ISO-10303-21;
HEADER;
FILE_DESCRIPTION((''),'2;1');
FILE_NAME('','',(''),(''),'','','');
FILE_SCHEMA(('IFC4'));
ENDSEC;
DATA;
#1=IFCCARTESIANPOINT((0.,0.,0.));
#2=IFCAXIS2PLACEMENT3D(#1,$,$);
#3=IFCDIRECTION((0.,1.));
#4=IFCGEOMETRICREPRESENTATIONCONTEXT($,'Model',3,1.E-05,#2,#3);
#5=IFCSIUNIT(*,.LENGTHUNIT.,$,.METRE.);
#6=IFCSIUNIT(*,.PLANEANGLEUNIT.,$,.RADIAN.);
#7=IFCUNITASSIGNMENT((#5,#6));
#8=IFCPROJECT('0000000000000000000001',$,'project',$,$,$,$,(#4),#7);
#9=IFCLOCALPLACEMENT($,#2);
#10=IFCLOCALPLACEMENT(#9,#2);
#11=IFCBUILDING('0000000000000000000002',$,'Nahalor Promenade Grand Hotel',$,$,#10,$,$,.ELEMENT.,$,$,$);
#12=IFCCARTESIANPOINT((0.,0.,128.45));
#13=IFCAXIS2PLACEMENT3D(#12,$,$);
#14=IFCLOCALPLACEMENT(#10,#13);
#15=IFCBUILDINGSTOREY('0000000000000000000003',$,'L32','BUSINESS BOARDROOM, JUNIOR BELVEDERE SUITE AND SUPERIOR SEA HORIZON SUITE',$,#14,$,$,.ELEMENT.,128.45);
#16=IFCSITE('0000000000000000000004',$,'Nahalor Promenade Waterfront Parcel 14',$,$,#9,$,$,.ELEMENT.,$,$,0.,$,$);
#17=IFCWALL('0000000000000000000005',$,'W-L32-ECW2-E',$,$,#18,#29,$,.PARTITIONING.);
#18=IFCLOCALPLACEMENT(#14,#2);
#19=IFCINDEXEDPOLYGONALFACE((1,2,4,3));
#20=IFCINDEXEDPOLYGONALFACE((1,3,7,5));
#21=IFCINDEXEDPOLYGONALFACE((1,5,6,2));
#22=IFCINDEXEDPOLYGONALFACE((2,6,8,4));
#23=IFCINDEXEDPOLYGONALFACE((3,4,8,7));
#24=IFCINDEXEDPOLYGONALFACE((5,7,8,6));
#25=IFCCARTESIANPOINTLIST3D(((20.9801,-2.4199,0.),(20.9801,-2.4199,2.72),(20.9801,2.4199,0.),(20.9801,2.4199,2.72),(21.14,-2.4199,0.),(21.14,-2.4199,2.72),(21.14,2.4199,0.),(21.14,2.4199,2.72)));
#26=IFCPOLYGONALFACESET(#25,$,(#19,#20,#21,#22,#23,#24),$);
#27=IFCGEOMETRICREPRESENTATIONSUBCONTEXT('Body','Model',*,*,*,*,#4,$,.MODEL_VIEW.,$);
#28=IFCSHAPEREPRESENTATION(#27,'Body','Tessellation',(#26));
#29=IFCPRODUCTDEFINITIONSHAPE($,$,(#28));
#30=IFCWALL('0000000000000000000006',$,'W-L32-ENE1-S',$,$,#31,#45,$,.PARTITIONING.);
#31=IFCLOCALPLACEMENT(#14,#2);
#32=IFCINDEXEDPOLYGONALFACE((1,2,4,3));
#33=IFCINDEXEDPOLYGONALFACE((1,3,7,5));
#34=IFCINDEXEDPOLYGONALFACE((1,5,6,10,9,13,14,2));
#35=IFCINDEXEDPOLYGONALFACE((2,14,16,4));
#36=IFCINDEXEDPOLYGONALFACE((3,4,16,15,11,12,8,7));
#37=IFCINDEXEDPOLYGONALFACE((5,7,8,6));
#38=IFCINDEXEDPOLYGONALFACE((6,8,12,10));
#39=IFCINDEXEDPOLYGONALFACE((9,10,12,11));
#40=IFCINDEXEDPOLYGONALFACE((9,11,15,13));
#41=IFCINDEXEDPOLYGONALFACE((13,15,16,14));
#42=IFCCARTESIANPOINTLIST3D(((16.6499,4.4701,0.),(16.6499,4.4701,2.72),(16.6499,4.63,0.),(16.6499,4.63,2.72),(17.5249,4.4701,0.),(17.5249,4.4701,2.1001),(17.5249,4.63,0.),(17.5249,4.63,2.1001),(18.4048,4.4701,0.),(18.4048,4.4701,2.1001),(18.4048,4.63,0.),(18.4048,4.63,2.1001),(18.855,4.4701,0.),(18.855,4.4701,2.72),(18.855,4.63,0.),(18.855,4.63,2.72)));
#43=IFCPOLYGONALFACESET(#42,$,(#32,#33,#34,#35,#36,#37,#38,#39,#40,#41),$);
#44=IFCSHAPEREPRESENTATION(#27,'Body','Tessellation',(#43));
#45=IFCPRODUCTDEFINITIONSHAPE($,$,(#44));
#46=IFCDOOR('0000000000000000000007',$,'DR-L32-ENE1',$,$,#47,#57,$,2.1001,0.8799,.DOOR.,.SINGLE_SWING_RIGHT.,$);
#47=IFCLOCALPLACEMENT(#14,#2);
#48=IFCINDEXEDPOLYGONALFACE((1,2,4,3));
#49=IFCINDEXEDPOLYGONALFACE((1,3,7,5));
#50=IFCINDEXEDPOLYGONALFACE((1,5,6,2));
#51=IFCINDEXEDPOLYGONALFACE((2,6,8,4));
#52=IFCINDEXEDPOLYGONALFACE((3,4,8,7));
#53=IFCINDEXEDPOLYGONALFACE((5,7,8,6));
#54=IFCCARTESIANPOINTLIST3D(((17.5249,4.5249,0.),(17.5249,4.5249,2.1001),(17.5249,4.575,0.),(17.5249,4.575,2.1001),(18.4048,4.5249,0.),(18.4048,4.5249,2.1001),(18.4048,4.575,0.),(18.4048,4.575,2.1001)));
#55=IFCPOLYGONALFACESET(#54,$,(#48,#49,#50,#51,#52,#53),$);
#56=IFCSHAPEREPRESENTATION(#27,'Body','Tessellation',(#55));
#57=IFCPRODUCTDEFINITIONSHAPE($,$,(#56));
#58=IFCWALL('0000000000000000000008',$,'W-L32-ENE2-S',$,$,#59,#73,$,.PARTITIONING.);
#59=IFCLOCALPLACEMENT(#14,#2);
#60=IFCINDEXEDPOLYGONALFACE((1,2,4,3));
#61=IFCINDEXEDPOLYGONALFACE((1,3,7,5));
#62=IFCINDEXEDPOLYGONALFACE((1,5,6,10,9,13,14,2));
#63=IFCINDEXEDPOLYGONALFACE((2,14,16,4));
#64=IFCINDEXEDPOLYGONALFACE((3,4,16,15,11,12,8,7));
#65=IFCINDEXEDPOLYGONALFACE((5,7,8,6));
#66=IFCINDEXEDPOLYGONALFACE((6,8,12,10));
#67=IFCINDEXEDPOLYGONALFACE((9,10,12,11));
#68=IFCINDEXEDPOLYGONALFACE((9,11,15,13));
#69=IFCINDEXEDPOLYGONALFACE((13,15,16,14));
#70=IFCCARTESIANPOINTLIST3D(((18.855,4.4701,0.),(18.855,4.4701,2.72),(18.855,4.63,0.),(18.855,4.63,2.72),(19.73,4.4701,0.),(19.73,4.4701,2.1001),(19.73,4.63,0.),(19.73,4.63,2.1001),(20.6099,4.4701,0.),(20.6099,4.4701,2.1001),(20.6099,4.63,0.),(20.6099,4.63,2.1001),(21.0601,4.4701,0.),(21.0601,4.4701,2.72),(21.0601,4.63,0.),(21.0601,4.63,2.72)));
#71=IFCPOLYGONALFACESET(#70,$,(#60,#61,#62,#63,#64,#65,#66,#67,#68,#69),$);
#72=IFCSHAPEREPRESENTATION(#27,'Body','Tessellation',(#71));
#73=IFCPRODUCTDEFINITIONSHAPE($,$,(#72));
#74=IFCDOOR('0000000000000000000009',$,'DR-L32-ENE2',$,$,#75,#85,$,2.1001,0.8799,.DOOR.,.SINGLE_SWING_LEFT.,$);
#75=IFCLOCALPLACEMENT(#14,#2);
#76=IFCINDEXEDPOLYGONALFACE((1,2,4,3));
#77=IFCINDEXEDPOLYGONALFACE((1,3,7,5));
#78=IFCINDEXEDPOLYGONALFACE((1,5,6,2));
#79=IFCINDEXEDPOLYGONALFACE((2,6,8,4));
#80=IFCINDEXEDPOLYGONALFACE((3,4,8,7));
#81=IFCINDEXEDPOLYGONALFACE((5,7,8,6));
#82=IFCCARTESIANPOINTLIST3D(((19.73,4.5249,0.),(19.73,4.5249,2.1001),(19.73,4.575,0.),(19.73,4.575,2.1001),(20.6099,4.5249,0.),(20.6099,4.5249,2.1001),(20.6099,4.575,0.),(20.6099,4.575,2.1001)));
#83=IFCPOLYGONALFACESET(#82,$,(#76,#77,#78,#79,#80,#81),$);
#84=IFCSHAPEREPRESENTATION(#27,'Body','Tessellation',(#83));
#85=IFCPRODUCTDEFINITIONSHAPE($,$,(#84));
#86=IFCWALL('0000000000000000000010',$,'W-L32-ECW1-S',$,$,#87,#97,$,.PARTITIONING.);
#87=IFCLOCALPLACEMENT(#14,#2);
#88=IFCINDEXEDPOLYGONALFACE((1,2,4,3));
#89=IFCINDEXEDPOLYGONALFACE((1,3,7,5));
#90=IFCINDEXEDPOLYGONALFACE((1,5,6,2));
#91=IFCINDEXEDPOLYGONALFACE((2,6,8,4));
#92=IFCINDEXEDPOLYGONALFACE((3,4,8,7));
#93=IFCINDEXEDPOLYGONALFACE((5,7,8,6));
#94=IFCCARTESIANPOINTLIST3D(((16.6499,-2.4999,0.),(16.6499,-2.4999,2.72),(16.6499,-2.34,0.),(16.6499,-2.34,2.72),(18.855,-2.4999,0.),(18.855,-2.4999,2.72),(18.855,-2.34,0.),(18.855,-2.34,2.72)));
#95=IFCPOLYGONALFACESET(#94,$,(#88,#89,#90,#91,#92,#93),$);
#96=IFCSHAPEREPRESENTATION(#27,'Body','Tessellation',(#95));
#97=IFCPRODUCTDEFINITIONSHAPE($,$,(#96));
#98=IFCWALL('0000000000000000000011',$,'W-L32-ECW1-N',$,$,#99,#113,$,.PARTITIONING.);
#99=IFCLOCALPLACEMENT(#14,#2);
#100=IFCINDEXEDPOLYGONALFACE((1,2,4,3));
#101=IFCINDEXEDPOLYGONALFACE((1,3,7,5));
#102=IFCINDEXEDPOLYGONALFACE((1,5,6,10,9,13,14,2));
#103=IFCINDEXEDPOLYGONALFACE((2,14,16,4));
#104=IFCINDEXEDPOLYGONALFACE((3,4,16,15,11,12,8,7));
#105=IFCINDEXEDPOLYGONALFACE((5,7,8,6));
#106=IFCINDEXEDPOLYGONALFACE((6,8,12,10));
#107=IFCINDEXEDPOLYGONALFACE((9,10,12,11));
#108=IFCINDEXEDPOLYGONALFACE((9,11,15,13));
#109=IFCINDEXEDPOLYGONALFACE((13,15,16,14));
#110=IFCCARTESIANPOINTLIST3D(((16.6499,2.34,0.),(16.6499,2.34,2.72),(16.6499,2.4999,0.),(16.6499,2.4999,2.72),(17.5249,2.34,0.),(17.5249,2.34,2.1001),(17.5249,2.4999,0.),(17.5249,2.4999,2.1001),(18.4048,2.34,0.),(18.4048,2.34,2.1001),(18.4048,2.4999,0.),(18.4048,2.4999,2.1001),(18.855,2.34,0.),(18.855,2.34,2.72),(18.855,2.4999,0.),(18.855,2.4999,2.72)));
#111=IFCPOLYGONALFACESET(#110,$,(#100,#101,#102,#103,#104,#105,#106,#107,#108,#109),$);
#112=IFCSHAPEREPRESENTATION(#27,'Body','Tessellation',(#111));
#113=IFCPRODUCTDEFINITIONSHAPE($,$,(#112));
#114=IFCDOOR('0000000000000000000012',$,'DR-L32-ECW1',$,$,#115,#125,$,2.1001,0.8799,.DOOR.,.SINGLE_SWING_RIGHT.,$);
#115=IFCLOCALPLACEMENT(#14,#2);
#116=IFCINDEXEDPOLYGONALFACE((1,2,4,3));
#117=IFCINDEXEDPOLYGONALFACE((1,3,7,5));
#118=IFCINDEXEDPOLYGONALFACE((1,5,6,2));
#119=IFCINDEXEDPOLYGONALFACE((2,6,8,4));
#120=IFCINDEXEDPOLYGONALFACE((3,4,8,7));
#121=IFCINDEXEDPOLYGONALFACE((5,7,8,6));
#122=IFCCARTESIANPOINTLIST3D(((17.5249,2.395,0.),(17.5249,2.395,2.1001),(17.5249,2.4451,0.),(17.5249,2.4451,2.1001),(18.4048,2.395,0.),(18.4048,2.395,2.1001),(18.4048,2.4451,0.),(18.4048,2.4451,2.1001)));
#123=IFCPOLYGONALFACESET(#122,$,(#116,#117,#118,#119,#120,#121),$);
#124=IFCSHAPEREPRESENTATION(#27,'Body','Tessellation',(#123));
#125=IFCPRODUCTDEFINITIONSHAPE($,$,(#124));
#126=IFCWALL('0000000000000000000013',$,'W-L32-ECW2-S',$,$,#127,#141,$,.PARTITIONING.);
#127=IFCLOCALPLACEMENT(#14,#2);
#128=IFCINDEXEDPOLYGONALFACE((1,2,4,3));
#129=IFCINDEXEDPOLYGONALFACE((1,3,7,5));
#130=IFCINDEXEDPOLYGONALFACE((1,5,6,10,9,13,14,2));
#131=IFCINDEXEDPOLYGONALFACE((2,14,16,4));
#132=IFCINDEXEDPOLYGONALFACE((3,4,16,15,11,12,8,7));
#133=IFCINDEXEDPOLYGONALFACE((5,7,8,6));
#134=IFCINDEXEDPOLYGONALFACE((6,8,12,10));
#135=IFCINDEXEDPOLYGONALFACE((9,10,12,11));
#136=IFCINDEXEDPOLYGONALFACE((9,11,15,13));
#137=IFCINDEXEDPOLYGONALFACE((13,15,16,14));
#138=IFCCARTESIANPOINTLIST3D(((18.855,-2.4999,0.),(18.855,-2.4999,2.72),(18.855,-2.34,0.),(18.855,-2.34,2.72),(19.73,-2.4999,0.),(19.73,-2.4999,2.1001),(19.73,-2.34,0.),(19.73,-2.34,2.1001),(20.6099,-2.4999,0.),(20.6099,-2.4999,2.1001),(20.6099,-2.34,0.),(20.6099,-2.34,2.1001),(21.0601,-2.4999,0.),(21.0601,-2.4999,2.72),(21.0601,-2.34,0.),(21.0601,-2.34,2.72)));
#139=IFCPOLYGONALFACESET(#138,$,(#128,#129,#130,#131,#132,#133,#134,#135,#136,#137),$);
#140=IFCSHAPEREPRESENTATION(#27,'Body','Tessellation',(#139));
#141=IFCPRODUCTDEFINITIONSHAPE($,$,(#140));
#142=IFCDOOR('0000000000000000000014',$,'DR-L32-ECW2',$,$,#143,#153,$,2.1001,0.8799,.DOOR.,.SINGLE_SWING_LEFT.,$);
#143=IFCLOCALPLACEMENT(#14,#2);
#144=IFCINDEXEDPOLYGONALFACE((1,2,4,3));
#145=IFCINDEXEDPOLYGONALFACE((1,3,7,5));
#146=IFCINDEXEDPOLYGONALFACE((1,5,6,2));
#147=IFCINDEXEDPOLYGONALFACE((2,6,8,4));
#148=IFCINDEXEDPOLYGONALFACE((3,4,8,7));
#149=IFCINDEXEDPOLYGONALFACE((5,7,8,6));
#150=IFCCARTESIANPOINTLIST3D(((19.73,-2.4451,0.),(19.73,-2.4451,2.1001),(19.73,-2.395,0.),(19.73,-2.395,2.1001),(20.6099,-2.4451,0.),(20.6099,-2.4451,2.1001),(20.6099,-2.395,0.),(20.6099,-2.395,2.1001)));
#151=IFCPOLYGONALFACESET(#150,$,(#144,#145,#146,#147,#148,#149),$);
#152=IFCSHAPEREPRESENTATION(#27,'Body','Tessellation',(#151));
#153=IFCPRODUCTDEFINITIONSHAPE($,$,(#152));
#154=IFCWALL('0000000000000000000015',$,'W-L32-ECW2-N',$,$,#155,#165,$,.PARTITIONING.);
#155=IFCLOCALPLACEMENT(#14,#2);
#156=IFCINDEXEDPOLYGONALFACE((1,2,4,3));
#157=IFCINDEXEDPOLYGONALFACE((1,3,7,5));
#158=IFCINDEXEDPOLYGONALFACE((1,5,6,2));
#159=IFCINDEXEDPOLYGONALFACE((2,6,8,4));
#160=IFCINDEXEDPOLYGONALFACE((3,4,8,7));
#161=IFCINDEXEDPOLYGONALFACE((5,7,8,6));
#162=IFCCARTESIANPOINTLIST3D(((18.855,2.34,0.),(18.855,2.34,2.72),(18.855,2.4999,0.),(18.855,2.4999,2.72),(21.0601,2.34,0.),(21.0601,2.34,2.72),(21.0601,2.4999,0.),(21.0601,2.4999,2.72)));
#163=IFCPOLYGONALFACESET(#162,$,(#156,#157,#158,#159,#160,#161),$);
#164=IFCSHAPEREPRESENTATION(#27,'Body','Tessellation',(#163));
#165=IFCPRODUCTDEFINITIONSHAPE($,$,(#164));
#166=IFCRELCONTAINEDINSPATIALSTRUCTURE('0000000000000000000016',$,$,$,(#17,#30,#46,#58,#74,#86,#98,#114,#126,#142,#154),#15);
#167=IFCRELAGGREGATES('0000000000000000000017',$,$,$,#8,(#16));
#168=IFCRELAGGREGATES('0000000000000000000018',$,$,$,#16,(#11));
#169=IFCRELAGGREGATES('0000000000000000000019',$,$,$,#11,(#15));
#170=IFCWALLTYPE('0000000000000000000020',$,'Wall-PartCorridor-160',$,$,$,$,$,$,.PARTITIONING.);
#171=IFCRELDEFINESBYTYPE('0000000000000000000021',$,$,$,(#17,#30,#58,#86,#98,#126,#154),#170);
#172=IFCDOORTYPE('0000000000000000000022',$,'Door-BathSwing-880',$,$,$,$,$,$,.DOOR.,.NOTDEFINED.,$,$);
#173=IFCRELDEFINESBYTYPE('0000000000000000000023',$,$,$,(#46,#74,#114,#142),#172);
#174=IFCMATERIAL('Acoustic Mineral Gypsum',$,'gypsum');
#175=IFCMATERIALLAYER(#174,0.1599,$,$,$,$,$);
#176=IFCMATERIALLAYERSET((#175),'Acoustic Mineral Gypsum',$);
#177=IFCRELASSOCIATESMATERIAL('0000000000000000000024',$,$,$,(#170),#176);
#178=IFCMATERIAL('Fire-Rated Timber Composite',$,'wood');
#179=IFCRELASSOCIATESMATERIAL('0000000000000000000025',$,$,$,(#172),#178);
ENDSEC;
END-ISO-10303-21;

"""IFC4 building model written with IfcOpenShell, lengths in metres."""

from ifc_helpers import new_model, si_unit, direction, frame, frame_2d, origin, place, context, subcontext, project, spatial, rectangle, extrude, source, transform, mapped, material, layer, layer_set, type_object, element, fill, save


model = new_model("IFC4")

# Units and contexts
model_context = context("Model", 3, precision=1e-05, world=origin(), true_north=direction((0.0, 1.0)))
body_context = subcontext(model_context, "Body", "Model", "MODEL_VIEW")
ifc_project = project(units=[si_unit("LENGTHUNIT", "METRE"), si_unit("PLANEANGLEUNIT", "RADIAN")], contexts=[model_context])

# Site, building, storey
site_placement = place(None, origin())
site = spatial("IfcSite", under=ifc_project, at=site_placement, Name="Nahalor Promenade Waterfront Parcel 14", CompositionType="ELEMENT", RefElevation=0.0)
building_placement = place(site_placement, origin())
building = spatial("IfcBuilding", under=site, at=building_placement, Name="Nahalor Promenade Grand Hotel", CompositionType="ELEMENT")
storey_placement = place(building_placement, frame((0.0, 0.0, 128.45)))
storey = spatial("IfcBuildingStorey", under=building, at=storey_placement, Name="L32", Description="BUSINESS BOARDROOM, JUNIOR BELVEDERE SUITE AND SUPERIOR SEA HORIZON SUITE", CompositionType="ELEMENT", Elevation=128.45)

# Wall
ifc_material_1 = material(Name="Acoustic Mineral Gypsum", Category="gypsum")
ifc_layer_1 = layer(ifc_material_1, 0.1599)
ifc_layer_set_1 = layer_set([ifc_layer_1], Name="Acoustic Mineral Gypsum")
wall_type_1 = type_object("IfcWallType", Name="Wall-PartCorridor-160", PredefinedType="PARTITIONING", material=ifc_layer_set_1)
shared_shape_1 = source(origin(), body_context, "Body", "SweptSolid", [
    extrude(rectangle(XDim=4.8398, YDim=0.1599, at=frame_2d((2.4199, 0.0))), origin(), (0.0, 0.0, 1.0), 2.72),
])
for number, where, z_axis, x_axis, name in (
    (1, (21.0601, -2.4199, 0.0), (0.0, 0.0, 1.0), (0.0, 1.0, 0.0), "W-L32-ECW2-E"),
):
    element("IfcWall", number, at=place(storey_placement, frame(where, z_axis=z_axis, x_axis=x_axis)), inside=storey, type_object=wall_type_1, Name=name, PredefinedType="PARTITIONING", context=body_context, shape_type="MappedRepresentation", body=[
        mapped(shared_shape_1, transform((0.0, 0.0, 0.0), scale=1.0)),
    ])

# Walls, openings, doors
shared_shape_2 = source(origin(), body_context, "Body", "SweptSolid", [
    extrude(rectangle(XDim=2.2051, YDim=0.1599, at=frame_2d((1.1025, 0.0))), origin(), (0.0, 0.0, 1.0), 2.72),
])
wall_1_placement = place(storey_placement, frame((16.6499, 4.55, 0.0), z_axis=(0.0, 0.0, 1.0), x_axis=(1.0, 0.0, 0.0)))
wall_1 = element("IfcWall", 2, at=wall_1_placement, inside=storey, type_object=wall_type_1, Name="W-L32-ENE1-S", PredefinedType="PARTITIONING", context=body_context, shape_type="MappedRepresentation", body=[
    mapped(shared_shape_2, transform((0.0, 0.0, 0.0), scale=1.0)),
])
opening_1_placement = place(wall_1_placement, frame((0.875, 0.0, 0.0)))
opening_1 = element("IfcOpeningElement", 3, at=opening_1_placement, cuts=wall_1, PredefinedType="OPENING", context=body_context, shape_type="SweptSolid", body=[
    extrude(rectangle(XDim=0.8799, YDim=2.1001, at=frame_2d((0.4399, 1.05))), frame((0.0, 0.0898, 0.0), z_axis=(0.0, -1.0, 0.0), x_axis=(1.0, 0.0, 0.0)), (0.0, 0.0, 1.0), 0.1799),
])
ifc_material_2 = material(Name="Fire-Rated Timber Composite", Category="wood")
door_type = type_object("IfcDoorType", Name="Door-BathSwing-880", OperationType="NOTDEFINED", PredefinedType="DOOR", material=ifc_material_2)
shared_shape_3 = source(origin(), body_context, "Body", "SweptSolid", [
    extrude(rectangle(XDim=0.8799, YDim=2.1001, at=frame_2d((0.4399, 1.05))), frame((0.0, 0.0249, 0.0), z_axis=(0.0, -1.0, 0.0), x_axis=(1.0, 0.0, 0.0)), (0.0, 0.0, 1.0), 0.05),
])
door_1_placement = place(opening_1_placement, origin())
door_1 = element("IfcDoor", 4, at=door_1_placement, inside=storey, type_object=door_type, Name="DR-L32-ENE1", OperationType="SINGLE_SWING_RIGHT", OverallHeight=2.1001, OverallWidth=0.8799, PredefinedType="DOOR", context=body_context, shape_type="MappedRepresentation", body=[
    mapped(shared_shape_3, transform((0.0, 0.0, 0.0), scale=1.0)),
])
fill(opening_1, door_1)
wall_2_placement = place(storey_placement, frame((18.855, 4.55, 0.0), z_axis=(0.0, 0.0, 1.0), x_axis=(1.0, 0.0, 0.0)))
wall_2 = element("IfcWall", 5, at=wall_2_placement, inside=storey, type_object=wall_type_1, Name="W-L32-ENE2-S", PredefinedType="PARTITIONING", context=body_context, shape_type="MappedRepresentation", body=[
    mapped(shared_shape_2, transform((0.0, 0.0, 0.0), scale=1.0)),
])
opening_2_placement = place(wall_2_placement, frame((0.875, 0.0, 0.0)))
opening_2 = element("IfcOpeningElement", 6, at=opening_2_placement, cuts=wall_2, PredefinedType="OPENING", context=body_context, shape_type="SweptSolid", body=[
    extrude(rectangle(XDim=0.8799, YDim=2.1001, at=frame_2d((0.4399, 1.05))), frame((0.0, 0.0898, 0.0), z_axis=(0.0, -1.0, 0.0), x_axis=(1.0, 0.0, 0.0)), (0.0, 0.0, 1.0), 0.1799),
])
door_2_placement = place(opening_2_placement, origin())
door_2 = element("IfcDoor", 7, at=door_2_placement, inside=storey, type_object=door_type, Name="DR-L32-ENE2", OperationType="SINGLE_SWING_LEFT", OverallHeight=2.1001, OverallWidth=0.8799, PredefinedType="DOOR", context=body_context, shape_type="MappedRepresentation", body=[
    mapped(shared_shape_3, transform((0.0, 0.0, 0.0), scale=1.0)),
])
fill(opening_2, door_2)

# Wall
wall_3_placement = place(storey_placement, frame((16.6499, -2.4199, 0.0), z_axis=(0.0, 0.0, 1.0), x_axis=(1.0, 0.0, 0.0)))
element("IfcWall", 8, at=wall_3_placement, inside=storey, type_object=wall_type_1, Name="W-L32-ECW1-S", PredefinedType="PARTITIONING", context=body_context, shape_type="MappedRepresentation", body=[
    mapped(shared_shape_2, transform((0.0, 0.0, 0.0), scale=1.0)),
])

# Walls, openings, doors
wall_4_placement = place(storey_placement, frame((16.6499, 2.4199, 0.0), z_axis=(0.0, 0.0, 1.0), x_axis=(1.0, 0.0, 0.0)))
wall_4 = element("IfcWall", 9, at=wall_4_placement, inside=storey, type_object=wall_type_1, Name="W-L32-ECW1-N", PredefinedType="PARTITIONING", context=body_context, shape_type="MappedRepresentation", body=[
    mapped(shared_shape_2, transform((0.0, 0.0, 0.0), scale=1.0)),
])
opening_3_placement = place(wall_4_placement, frame((0.875, 0.0, 0.0)))
opening_3 = element("IfcOpeningElement", 10, at=opening_3_placement, cuts=wall_4, PredefinedType="OPENING", context=body_context, shape_type="SweptSolid", body=[
    extrude(rectangle(XDim=0.8799, YDim=2.1001, at=frame_2d((0.4399, 1.05))), frame((0.0, 0.0898, 0.0), z_axis=(0.0, -1.0, 0.0), x_axis=(1.0, 0.0, 0.0)), (0.0, 0.0, 1.0), 0.1799),
])
door_3_placement = place(opening_3_placement, frame((0.8799, 0.0, 0.0), z_axis=(0.0, 0.0, 1.0), x_axis=(-1.0, 0.0, 0.0)))
door_3 = element("IfcDoor", 11, at=door_3_placement, inside=storey, type_object=door_type, Name="DR-L32-ECW1", OperationType="SINGLE_SWING_RIGHT", OverallHeight=2.1001, OverallWidth=0.8799, PredefinedType="DOOR", context=body_context, shape_type="MappedRepresentation", body=[
    mapped(shared_shape_3, transform((0.0, 0.0, 0.0), scale=1.0)),
])
fill(opening_3, door_3)
wall_5_placement = place(storey_placement, frame((18.855, -2.4199, 0.0), z_axis=(0.0, 0.0, 1.0), x_axis=(1.0, 0.0, 0.0)))
wall_5 = element("IfcWall", 12, at=wall_5_placement, inside=storey, type_object=wall_type_1, Name="W-L32-ECW2-S", PredefinedType="PARTITIONING", context=body_context, shape_type="MappedRepresentation", body=[
    mapped(shared_shape_2, transform((0.0, 0.0, 0.0), scale=1.0)),
])
opening_4_placement = place(wall_5_placement, frame((0.875, 0.0, 0.0)))
opening_4 = element("IfcOpeningElement", 13, at=opening_4_placement, cuts=wall_5, PredefinedType="OPENING", context=body_context, shape_type="SweptSolid", body=[
    extrude(rectangle(XDim=0.8799, YDim=2.1001, at=frame_2d((0.4399, 1.05))), frame((0.0, 0.0898, 0.0), z_axis=(0.0, -1.0, 0.0), x_axis=(1.0, 0.0, 0.0)), (0.0, 0.0, 1.0), 0.1799),
])
door_4_placement = place(opening_4_placement, origin())
door_4 = element("IfcDoor", 14, at=door_4_placement, inside=storey, type_object=door_type, Name="DR-L32-ECW2", OperationType="SINGLE_SWING_LEFT", OverallHeight=2.1001, OverallWidth=0.8799, PredefinedType="DOOR", context=body_context, shape_type="MappedRepresentation", body=[
    mapped(shared_shape_3, transform((0.0, 0.0, 0.0), scale=1.0)),
])
fill(opening_4, door_4)

# Wall
wall_6_placement = place(storey_placement, frame((18.855, 2.4199, 0.0), z_axis=(0.0, 0.0, 1.0), x_axis=(1.0, 0.0, 0.0)))
element("IfcWall", 15, at=wall_6_placement, inside=storey, type_object=wall_type_1, Name="W-L32-ECW2-N", PredefinedType="PARTITIONING", context=body_context, shape_type="MappedRepresentation", body=[
    mapped(shared_shape_2, transform((0.0, 0.0, 0.0), scale=1.0)),
])

save(model, "model.ifc")
